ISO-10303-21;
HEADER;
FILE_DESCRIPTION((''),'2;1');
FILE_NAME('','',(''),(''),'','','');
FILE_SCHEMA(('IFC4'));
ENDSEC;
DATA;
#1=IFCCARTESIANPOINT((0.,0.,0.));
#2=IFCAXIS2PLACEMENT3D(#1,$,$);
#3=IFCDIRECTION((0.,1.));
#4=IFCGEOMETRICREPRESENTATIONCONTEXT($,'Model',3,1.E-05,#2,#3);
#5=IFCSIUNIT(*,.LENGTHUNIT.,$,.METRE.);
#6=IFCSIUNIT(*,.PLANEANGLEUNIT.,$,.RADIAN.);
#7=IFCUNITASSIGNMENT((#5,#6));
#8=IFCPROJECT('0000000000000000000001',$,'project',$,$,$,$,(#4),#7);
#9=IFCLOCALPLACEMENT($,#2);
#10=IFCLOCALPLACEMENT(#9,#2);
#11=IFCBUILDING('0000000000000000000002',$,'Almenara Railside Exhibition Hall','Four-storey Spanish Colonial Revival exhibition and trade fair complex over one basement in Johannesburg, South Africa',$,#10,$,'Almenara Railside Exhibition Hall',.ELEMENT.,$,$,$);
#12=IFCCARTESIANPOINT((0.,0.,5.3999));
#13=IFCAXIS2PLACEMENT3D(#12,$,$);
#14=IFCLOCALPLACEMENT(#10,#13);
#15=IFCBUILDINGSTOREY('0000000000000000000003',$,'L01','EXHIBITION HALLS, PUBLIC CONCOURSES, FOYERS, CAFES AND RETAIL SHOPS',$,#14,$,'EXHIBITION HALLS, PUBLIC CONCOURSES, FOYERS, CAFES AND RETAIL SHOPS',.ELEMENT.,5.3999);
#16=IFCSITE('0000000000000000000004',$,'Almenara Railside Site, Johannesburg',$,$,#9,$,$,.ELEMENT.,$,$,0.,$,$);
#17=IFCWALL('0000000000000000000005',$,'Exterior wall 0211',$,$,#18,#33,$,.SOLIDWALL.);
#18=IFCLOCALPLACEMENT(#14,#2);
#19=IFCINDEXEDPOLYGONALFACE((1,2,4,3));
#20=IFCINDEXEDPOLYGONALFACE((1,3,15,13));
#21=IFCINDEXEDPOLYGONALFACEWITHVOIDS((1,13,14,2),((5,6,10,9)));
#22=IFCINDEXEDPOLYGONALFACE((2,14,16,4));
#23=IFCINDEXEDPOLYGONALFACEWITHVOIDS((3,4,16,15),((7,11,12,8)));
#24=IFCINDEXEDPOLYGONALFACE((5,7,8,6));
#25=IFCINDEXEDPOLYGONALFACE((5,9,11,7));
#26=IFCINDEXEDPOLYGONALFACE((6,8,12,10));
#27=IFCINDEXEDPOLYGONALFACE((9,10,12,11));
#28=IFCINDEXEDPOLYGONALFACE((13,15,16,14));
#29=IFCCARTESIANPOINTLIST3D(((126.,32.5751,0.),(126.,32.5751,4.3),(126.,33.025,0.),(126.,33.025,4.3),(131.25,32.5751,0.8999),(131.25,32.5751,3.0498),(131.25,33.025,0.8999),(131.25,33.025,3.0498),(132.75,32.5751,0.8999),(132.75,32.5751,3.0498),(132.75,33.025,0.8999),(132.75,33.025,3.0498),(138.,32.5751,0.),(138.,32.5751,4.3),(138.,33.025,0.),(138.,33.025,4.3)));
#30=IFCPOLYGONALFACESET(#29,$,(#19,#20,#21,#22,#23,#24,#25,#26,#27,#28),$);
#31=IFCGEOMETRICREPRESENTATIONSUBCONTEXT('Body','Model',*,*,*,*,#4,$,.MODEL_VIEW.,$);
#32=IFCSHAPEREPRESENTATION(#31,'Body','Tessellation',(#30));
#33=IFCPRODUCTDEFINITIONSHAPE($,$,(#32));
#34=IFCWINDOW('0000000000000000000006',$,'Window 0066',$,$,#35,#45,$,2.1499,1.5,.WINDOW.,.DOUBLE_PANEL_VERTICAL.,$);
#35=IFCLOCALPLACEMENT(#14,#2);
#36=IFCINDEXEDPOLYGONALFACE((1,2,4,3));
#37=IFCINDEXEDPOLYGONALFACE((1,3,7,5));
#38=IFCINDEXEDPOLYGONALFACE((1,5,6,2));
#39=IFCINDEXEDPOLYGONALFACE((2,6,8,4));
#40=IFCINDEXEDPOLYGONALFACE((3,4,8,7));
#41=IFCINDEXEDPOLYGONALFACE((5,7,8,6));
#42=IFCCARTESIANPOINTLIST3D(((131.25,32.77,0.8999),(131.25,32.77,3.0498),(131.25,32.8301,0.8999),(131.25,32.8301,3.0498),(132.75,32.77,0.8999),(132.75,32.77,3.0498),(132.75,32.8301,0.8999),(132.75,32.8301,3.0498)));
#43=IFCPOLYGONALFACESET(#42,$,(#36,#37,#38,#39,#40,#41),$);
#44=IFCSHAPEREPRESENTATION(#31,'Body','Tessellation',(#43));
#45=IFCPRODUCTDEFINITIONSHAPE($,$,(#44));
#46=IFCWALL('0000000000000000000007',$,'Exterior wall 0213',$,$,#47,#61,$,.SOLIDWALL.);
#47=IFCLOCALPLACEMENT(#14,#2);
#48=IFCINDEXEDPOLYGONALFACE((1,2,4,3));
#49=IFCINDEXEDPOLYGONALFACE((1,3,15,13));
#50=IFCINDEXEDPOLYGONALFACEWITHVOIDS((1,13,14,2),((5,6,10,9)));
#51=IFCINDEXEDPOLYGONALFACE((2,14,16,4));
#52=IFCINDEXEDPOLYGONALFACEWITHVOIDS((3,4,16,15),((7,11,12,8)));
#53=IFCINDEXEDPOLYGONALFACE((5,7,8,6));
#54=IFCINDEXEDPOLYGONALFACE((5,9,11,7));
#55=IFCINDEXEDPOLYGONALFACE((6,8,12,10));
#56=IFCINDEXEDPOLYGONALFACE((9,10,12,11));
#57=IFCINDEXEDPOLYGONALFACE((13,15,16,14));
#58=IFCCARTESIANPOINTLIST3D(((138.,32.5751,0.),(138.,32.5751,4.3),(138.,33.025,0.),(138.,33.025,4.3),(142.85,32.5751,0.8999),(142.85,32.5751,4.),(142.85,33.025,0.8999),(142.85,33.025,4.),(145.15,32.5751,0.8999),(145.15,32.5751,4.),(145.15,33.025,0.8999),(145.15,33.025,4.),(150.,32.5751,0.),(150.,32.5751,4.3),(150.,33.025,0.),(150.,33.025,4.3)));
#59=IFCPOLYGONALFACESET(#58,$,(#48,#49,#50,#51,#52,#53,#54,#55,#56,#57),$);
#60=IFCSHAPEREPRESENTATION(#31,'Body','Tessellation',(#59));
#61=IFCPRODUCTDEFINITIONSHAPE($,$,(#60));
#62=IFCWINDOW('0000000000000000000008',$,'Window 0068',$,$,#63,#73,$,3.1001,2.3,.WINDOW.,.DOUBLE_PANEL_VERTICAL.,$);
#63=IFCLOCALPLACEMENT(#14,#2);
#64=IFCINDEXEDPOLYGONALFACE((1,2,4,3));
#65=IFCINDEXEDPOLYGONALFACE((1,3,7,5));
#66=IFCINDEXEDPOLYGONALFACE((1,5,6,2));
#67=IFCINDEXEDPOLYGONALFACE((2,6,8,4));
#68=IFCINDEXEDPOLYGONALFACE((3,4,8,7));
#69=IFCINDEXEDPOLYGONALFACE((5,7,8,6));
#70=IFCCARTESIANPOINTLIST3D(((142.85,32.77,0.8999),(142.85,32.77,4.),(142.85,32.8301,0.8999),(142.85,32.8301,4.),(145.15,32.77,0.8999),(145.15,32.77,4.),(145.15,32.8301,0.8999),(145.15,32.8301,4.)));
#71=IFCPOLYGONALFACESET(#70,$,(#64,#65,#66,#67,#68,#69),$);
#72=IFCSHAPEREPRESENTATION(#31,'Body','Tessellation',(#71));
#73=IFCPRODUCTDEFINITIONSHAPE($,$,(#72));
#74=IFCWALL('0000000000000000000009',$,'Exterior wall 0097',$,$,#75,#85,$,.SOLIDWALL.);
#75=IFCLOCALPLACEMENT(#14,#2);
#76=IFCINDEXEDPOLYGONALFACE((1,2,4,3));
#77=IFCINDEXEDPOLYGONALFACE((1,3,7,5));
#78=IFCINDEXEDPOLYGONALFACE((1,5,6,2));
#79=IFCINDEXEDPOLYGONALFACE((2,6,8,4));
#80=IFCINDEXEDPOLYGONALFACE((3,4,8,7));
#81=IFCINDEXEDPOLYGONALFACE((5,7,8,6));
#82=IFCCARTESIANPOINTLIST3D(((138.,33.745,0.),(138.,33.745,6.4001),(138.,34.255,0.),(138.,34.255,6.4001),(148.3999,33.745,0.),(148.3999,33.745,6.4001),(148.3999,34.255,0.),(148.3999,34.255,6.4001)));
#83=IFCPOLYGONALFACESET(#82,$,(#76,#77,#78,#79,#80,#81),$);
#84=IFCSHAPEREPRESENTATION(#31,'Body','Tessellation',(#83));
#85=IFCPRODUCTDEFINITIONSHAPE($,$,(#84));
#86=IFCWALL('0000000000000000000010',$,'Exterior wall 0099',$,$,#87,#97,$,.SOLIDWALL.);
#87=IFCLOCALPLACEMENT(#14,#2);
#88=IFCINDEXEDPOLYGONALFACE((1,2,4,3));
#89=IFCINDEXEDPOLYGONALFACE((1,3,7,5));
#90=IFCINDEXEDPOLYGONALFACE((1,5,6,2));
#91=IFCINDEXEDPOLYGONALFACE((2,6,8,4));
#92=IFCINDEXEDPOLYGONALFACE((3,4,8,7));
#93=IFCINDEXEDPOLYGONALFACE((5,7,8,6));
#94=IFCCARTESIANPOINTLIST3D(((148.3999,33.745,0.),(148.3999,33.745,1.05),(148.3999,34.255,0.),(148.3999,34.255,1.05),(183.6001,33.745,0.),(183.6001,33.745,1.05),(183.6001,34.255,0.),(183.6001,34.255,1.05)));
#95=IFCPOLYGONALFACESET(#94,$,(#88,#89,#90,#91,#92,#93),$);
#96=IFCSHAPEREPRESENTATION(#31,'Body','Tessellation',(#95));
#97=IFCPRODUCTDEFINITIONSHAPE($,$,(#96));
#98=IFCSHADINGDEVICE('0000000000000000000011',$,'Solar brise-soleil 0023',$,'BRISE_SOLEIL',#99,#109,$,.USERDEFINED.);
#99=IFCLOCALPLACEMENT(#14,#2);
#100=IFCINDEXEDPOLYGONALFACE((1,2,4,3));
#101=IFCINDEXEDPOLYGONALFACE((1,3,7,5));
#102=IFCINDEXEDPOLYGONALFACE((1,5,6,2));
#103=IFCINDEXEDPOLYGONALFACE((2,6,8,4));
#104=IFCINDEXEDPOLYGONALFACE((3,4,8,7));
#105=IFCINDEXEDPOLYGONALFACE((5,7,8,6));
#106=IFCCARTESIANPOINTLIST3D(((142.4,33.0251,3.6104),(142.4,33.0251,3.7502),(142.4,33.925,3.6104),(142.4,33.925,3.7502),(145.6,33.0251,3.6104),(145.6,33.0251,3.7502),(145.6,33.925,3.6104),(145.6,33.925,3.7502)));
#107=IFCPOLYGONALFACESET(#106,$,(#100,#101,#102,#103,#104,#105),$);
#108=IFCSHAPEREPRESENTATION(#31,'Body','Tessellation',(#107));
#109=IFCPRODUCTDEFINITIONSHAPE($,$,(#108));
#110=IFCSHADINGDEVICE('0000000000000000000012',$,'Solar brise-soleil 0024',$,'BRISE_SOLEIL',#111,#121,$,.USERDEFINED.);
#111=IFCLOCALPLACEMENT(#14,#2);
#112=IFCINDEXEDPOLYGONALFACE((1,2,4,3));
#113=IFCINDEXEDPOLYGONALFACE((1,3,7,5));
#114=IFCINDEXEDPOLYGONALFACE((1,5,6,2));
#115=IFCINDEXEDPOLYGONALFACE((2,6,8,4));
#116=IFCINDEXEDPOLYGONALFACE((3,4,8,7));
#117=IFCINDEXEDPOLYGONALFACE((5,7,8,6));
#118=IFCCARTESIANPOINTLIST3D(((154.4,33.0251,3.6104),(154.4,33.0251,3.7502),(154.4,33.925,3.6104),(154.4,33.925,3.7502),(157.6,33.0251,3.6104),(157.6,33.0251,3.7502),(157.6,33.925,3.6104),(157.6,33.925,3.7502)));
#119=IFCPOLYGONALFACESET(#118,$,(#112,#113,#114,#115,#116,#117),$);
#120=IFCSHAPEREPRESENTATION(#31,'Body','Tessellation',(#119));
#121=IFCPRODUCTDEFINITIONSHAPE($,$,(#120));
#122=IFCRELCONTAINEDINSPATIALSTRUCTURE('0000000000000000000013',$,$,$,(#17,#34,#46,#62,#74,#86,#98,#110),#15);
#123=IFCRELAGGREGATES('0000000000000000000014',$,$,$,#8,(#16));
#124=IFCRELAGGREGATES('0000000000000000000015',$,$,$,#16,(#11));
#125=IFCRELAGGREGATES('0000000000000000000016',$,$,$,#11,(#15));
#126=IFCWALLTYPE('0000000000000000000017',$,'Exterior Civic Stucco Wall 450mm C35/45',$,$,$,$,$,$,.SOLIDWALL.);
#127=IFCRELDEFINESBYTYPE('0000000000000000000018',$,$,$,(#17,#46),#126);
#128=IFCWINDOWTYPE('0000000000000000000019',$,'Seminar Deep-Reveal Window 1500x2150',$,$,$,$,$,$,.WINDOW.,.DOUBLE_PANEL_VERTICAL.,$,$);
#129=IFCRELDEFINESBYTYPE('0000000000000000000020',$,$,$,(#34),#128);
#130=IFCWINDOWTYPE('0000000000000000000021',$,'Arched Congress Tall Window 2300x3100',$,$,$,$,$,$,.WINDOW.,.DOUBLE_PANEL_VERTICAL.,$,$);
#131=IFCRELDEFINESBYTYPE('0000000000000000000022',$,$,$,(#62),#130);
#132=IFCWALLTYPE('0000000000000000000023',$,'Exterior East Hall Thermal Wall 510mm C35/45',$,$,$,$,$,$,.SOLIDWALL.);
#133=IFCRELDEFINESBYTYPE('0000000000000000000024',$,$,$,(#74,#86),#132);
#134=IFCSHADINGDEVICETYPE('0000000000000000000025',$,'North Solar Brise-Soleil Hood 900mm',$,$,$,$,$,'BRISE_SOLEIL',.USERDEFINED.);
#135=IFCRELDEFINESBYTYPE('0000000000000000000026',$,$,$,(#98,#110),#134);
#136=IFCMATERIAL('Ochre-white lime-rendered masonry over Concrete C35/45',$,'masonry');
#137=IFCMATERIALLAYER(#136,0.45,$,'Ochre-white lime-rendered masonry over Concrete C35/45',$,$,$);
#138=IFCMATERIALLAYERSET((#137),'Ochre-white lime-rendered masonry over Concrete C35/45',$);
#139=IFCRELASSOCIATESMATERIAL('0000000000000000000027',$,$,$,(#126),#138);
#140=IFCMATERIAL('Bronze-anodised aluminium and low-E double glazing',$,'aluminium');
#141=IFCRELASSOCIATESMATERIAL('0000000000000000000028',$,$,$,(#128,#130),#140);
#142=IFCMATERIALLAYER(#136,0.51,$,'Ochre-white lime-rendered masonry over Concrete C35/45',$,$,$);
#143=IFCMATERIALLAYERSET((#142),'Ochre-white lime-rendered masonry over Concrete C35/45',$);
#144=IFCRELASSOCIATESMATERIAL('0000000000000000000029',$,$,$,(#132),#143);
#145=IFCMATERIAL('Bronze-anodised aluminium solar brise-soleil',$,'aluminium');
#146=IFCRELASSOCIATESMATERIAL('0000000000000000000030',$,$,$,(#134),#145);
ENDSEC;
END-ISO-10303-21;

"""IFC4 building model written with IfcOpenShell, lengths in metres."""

from ifc_helpers import new_model, si_unit, direction, frame, frame_2d, origin, origin_2d, place, context, subcontext, project, spatial, rectangle, extrude, material, layer, layer_set, type_object, element, fill, save


model = new_model("IFC4")

# Units and contexts
model_context = context("Model", 3, precision=1e-05, world=origin(), true_north=direction((0.0, 1.0)))
body_context = subcontext(model_context, "Body", "Model", "MODEL_VIEW")
ifc_project = project(units=[si_unit("LENGTHUNIT", "METRE"), si_unit("PLANEANGLEUNIT", "RADIAN")], contexts=[model_context])

# Site, building, storey
site_placement = place(None, origin())
site = spatial("IfcSite", under=ifc_project, at=site_placement, Name="Almenara Railside Site, Johannesburg", CompositionType="ELEMENT", RefElevation=0.0)
building_placement = place(site_placement, origin())
building = spatial("IfcBuilding", under=site, at=building_placement, Name="Almenara Railside Exhibition Hall", Description="Four-storey Spanish Colonial Revival exhibition and trade fair complex over one basement in Johannesburg, South Africa", LongName="Almenara Railside Exhibition Hall", CompositionType="ELEMENT")
storey_placement = place(building_placement, frame((0.0, 0.0, 5.3999)))
storey = spatial("IfcBuildingStorey", under=building, at=storey_placement, Name="L01", Description="EXHIBITION HALLS, PUBLIC CONCOURSES, FOYERS, CAFES AND RETAIL SHOPS", LongName="EXHIBITION HALLS, PUBLIC CONCOURSES, FOYERS, CAFES AND RETAIL SHOPS", CompositionType="ELEMENT", Elevation=5.3999)

# Shared definitions
ifc_material_1 = material(Name="Bronze-anodised aluminium and low-E double glazing", Category="aluminium")

# Shared definitions
ifc_material_2 = material(Name="Ochre-white lime-rendered masonry over Concrete C35/45", Category="masonry")

# Walls, openings, windows
ifc_layer_1 = layer(ifc_material_2, 0.45, Name="Ochre-white lime-rendered masonry over Concrete C35/45")
ifc_layer_set_1 = layer_set([ifc_layer_1], Name="Ochre-white lime-rendered masonry over Concrete C35/45")
wall_type_1 = type_object("IfcWallType", Name="Exterior Civic Stucco Wall 450mm C35/45", PredefinedType="SOLIDWALL", material=ifc_layer_set_1)
wall_1_placement = place(storey_placement, frame((138.0, 32.8, 0.0), z_axis=(0.0, 0.0, 1.0), x_axis=(-1.0, 0.0, 0.0)))
wall_1 = element("IfcWall", 1, at=wall_1_placement, inside=storey, type_object=wall_type_1, Name="Exterior wall 0211", PredefinedType="SOLIDWALL", context=body_context, shape_type="SweptSolid", body=[
    extrude(rectangle(XDim=12.0, YDim=0.45, at=frame_2d((6.0, 0.0))), origin(), (0.0, 0.0, 1.0), 4.3),
])
opening_1_placement = place(wall_1_placement, frame((5.25, 0.0, 0.8999)))
opening_1 = element("IfcOpeningElement", 2, at=opening_1_placement, cuts=wall_1, PredefinedType="OPENING", context=body_context, shape_type="SweptSolid", body=[
    extrude(rectangle(XDim=1.5, YDim=2.1499, at=frame_2d((0.75, 1.075))), frame((0.0, 0.2349, 0.0), z_axis=(0.0, -1.0, 0.0), x_axis=(1.0, 0.0, 0.0)), (0.0, 0.0, 1.0), 0.47),
])
window_type_1 = type_object("IfcWindowType", Name="Seminar Deep-Reveal Window 1500x2150", PartitioningType="DOUBLE_PANEL_VERTICAL", PredefinedType="WINDOW", material=ifc_material_1)
window_1_placement = place(opening_1_placement, origin())
window_1 = element("IfcWindow", 3, at=window_1_placement, inside=storey, type_object=window_type_1, Name="Window 0066", OverallHeight=2.1499, OverallWidth=1.5, PartitioningType="DOUBLE_PANEL_VERTICAL", PredefinedType="WINDOW", context=body_context, shape_type="SweptSolid", body=[
    extrude(rectangle(XDim=1.5, YDim=2.1499, at=frame_2d((0.75, 1.075))), frame((0.0, 0.03, 0.0), z_axis=(0.0, -1.0, 0.0), x_axis=(1.0, 0.0, 0.0)), (0.0, 0.0, 1.0), 0.0601),
])
fill(opening_1, window_1)
wall_2_placement = place(storey_placement, frame((150.0, 32.8, 0.0), z_axis=(0.0, 0.0, 1.0), x_axis=(-1.0, 0.0, 0.0)))
wall_2 = element("IfcWall", 4, at=wall_2_placement, inside=storey, type_object=wall_type_1, Name="Exterior wall 0213", PredefinedType="SOLIDWALL", context=body_context, shape_type="SweptSolid", body=[
    extrude(rectangle(XDim=12.0, YDim=0.45, at=frame_2d((6.0, 0.0))), origin(), (0.0, 0.0, 1.0), 4.3),
])
opening_2_placement = place(wall_2_placement, frame((4.8501, 0.0, 0.8999)))
opening_2 = element("IfcOpeningElement", 5, at=opening_2_placement, cuts=wall_2, PredefinedType="OPENING", context=body_context, shape_type="SweptSolid", body=[
    extrude(rectangle(XDim=2.3, YDim=3.1001, at=frame_2d((1.1499, 1.55))), frame((0.0, 0.2349, 0.0), z_axis=(0.0, -1.0, 0.0), x_axis=(1.0, 0.0, 0.0)), (0.0, 0.0, 1.0), 0.47),
])
window_type_2 = type_object("IfcWindowType", Name="Arched Congress Tall Window 2300x3100", PartitioningType="DOUBLE_PANEL_VERTICAL", PredefinedType="WINDOW", material=ifc_material_1)
window_2_placement = place(opening_2_placement, origin())
window_2 = element("IfcWindow", 6, at=window_2_placement, inside=storey, type_object=window_type_2, Name="Window 0068", OverallHeight=3.1001, OverallWidth=2.3, PartitioningType="DOUBLE_PANEL_VERTICAL", PredefinedType="WINDOW", context=body_context, shape_type="SweptSolid", body=[
    extrude(rectangle(XDim=2.3, YDim=3.1001, at=frame_2d((1.1499, 1.55))), frame((0.0, 0.03, 0.0), z_axis=(0.0, -1.0, 0.0), x_axis=(1.0, 0.0, 0.0)), (0.0, 0.0, 1.0), 0.0601),
])
fill(opening_2, window_2)

# Walls
ifc_layer_2 = layer(ifc_material_2, 0.51, Name="Ochre-white lime-rendered masonry over Concrete C35/45")
ifc_layer_set_2 = layer_set([ifc_layer_2], Name="Ochre-white lime-rendered masonry over Concrete C35/45")
wall_type_2 = type_object("IfcWallType", Name="Exterior East Hall Thermal Wall 510mm C35/45", PredefinedType="SOLIDWALL", material=ifc_layer_set_2)
wall_3_placement = place(storey_placement, frame((138.0, 34.0, 0.0), z_axis=(0.0, 0.0, 1.0), x_axis=(1.0, 0.0, 0.0)))
element("IfcWall", 7, at=wall_3_placement, inside=storey, type_object=wall_type_2, Name="Exterior wall 0097", PredefinedType="SOLIDWALL", context=body_context, shape_type="SweptSolid", body=[
    extrude(rectangle(XDim=10.3999, YDim=0.51, at=frame_2d((5.2, 0.0))), origin(), (0.0, 0.0, 1.0), 6.4001),
])
wall_4_placement = place(storey_placement, frame((148.3999, 34.0, 0.0), z_axis=(0.0, 0.0, 1.0), x_axis=(1.0, 0.0, 0.0)))
element("IfcWall", 8, at=wall_4_placement, inside=storey, type_object=wall_type_2, Name="Exterior wall 0099", PredefinedType="SOLIDWALL", context=body_context, shape_type="SweptSolid", body=[
    extrude(rectangle(XDim=35.2002, YDim=0.51, at=frame_2d((17.6001, 0.0))), origin(), (0.0, 0.0, 1.0), 1.05),
])

# Shading devices
ifc_material_3 = material(Name="Bronze-anodised aluminium solar brise-soleil", Category="aluminium")
shading_device_type = type_object("IfcShadingDeviceType", Name="North Solar Brise-Soleil Hood 900mm", ElementType="BRISE_SOLEIL", PredefinedType="USERDEFINED", material=ifc_material_3)
for number, where, z_axis, x_axis, name in (
    (9, (144.0, 33.4751, 3.6104), (0.0, 0.0, 1.0), (-1.0, 0.0, 0.0), "Solar brise-soleil 0023"),
    (10, (156.0, 33.4751, 3.6104), (0.0, 0.0, 1.0), (-1.0, 0.0, 0.0), "Solar brise-soleil 0024"),
):
    element("IfcShadingDevice", number, at=place(storey_placement, frame(where, z_axis=z_axis, x_axis=x_axis)), inside=storey, type_object=shading_device_type, Name=name, ObjectType="BRISE_SOLEIL", PredefinedType="USERDEFINED", context=body_context, shape_type="SweptSolid", body=[
        extrude(rectangle(XDim=3.2, YDim=0.8999, at=origin_2d()), origin(), (0.0, 0.0, 1.0), 0.1399),
    ])

save(model, "model.ifc")
